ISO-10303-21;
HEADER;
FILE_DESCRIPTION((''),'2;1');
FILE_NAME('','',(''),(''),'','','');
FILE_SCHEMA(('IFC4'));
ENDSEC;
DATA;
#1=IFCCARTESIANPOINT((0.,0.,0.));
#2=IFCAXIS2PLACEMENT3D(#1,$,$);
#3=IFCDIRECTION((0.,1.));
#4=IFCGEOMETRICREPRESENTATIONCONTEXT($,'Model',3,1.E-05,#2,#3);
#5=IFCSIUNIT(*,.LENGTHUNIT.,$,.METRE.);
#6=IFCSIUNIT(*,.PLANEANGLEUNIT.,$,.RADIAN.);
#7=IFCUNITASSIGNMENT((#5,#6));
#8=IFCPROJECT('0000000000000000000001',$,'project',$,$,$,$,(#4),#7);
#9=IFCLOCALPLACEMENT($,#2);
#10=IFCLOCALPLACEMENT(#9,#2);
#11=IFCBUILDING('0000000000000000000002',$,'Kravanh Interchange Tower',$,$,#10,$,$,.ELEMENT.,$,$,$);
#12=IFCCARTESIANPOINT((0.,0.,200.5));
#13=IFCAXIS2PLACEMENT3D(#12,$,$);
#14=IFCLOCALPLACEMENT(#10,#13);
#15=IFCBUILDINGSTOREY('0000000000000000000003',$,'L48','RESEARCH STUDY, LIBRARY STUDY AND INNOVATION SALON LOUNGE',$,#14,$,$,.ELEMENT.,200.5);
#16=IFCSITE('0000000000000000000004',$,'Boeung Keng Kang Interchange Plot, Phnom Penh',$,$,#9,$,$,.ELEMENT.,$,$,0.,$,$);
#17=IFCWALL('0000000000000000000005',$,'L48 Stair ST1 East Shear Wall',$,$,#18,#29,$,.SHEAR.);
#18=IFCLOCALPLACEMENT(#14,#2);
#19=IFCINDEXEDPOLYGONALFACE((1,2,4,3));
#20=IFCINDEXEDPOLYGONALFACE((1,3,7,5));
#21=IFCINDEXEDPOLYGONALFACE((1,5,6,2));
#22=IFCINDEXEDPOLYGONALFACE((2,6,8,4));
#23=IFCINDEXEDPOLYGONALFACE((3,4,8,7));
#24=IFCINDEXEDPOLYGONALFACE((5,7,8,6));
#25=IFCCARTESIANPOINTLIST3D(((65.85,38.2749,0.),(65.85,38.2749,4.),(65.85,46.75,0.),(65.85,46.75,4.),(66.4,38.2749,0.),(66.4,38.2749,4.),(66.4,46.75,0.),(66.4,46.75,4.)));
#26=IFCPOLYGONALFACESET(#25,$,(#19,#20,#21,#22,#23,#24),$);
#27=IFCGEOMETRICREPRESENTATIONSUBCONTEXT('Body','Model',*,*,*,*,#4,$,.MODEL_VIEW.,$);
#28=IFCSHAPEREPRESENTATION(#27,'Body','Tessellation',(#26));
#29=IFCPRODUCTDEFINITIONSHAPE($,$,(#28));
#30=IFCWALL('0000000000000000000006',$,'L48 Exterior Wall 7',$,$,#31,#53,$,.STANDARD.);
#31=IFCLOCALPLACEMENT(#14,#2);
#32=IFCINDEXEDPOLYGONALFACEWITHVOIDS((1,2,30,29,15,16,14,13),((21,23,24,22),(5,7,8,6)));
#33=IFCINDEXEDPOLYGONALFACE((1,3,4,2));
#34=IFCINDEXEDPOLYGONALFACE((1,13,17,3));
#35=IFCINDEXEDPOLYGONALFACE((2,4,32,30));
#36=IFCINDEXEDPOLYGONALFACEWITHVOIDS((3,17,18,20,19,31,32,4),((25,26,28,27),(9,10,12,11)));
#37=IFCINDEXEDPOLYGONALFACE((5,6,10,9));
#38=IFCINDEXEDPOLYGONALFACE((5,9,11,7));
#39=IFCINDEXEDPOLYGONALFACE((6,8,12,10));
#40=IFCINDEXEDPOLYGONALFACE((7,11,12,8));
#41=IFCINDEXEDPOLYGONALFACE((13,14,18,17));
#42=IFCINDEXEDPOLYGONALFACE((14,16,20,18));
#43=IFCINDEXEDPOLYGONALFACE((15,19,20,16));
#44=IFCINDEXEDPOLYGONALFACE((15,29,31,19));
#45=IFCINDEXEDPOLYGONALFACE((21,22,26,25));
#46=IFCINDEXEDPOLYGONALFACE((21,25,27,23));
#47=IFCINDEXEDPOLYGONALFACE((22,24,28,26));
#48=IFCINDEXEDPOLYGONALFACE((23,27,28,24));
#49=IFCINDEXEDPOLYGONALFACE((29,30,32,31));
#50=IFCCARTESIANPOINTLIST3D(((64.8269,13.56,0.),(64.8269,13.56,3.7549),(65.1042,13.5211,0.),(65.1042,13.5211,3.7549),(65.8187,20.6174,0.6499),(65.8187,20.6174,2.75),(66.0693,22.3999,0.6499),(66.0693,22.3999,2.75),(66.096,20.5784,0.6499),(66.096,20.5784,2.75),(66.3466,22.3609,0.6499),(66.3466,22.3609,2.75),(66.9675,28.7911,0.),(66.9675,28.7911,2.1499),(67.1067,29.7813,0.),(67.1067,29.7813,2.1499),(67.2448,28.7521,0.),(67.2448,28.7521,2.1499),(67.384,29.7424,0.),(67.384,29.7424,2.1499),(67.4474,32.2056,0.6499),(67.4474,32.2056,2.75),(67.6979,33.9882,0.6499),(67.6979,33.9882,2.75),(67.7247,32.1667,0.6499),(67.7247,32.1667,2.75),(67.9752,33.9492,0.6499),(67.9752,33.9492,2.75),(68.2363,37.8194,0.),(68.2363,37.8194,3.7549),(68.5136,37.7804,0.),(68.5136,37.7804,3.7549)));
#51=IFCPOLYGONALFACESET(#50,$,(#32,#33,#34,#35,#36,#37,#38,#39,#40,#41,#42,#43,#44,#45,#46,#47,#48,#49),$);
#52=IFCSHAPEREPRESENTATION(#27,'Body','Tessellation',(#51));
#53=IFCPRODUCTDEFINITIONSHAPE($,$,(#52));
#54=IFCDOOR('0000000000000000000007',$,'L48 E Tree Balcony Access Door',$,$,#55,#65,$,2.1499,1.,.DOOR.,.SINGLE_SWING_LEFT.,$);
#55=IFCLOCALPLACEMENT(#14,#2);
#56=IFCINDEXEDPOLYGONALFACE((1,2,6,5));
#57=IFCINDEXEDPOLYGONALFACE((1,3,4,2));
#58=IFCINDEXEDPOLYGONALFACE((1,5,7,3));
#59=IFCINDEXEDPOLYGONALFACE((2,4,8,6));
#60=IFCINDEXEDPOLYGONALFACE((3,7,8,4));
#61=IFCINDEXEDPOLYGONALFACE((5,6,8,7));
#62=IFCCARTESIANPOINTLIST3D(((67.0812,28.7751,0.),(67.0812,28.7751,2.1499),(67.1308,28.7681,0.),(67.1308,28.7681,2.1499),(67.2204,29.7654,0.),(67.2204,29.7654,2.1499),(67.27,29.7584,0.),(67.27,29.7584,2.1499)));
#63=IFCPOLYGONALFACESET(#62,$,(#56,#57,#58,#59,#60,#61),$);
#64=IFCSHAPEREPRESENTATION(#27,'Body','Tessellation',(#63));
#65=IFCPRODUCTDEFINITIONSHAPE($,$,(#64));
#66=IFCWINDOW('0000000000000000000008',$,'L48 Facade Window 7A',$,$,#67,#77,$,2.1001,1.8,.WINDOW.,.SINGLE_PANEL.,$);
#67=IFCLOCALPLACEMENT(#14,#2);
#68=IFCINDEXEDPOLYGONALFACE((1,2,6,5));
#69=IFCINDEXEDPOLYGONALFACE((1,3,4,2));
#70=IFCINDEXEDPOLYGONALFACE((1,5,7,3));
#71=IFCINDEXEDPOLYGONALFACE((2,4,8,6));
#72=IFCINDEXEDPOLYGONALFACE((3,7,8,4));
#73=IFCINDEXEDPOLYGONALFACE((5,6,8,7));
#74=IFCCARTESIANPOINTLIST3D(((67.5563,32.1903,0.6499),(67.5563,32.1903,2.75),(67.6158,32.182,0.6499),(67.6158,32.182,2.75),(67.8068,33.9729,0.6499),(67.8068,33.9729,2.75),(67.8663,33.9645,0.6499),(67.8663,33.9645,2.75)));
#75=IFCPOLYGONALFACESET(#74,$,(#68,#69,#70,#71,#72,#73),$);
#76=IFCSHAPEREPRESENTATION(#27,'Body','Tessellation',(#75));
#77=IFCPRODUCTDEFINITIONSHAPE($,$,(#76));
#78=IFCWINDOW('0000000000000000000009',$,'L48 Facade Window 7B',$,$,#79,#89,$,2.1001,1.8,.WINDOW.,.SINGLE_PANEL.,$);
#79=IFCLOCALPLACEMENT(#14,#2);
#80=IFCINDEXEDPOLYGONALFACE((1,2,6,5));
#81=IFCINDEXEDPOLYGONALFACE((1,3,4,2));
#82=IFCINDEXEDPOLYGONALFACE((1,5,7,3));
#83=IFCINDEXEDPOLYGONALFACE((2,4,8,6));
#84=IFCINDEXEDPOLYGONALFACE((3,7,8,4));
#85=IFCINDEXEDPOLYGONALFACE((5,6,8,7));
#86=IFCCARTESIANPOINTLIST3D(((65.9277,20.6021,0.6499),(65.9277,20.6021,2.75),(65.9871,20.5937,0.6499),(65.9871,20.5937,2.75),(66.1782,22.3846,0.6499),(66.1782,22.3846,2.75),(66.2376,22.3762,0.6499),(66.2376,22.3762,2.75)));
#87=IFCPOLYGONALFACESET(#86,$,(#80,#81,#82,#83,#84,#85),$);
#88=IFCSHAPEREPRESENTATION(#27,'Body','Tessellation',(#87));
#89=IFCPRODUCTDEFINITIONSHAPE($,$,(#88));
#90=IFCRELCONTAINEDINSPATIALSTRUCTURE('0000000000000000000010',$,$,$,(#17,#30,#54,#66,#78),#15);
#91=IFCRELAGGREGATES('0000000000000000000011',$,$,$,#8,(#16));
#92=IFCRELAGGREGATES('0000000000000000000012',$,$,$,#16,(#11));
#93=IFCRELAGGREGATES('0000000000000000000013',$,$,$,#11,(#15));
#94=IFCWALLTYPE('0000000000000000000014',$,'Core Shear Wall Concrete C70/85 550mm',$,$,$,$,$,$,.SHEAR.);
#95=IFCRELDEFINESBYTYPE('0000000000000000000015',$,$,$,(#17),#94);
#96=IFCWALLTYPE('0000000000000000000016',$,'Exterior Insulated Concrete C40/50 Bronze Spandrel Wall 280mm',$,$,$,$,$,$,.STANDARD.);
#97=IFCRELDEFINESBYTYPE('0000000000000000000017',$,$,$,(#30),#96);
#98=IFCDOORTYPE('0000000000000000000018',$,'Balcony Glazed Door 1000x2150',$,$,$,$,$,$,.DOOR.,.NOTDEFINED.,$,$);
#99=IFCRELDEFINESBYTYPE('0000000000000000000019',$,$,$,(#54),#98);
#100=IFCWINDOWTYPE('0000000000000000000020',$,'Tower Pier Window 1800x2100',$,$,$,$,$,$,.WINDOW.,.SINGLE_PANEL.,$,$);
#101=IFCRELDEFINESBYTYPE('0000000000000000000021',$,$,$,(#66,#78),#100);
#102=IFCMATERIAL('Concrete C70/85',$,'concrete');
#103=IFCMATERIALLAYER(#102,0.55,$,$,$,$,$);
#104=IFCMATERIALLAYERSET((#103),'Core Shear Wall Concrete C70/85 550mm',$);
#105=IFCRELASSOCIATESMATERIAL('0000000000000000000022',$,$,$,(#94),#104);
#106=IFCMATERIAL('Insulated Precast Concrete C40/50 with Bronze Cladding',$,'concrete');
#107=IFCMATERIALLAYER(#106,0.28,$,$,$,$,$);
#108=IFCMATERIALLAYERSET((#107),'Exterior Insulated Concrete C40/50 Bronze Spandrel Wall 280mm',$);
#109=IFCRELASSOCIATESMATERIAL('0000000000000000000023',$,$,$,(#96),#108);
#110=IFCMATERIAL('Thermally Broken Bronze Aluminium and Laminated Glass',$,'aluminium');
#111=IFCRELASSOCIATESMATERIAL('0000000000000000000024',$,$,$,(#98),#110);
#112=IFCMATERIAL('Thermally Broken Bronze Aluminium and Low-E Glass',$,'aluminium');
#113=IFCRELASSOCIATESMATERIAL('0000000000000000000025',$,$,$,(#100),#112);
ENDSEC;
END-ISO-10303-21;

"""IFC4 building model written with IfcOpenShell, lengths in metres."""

from ifc_helpers import new_model, si_unit, direction, frame, frame_2d, origin, place, context, subcontext, project, spatial, rectangle, extrude, material, layer, layer_set, type_object, element, fill, save


model = new_model("IFC4")

# Units and contexts
model_context = context("Model", 3, precision=1e-05, world=origin(), true_north=direction((0.0, 1.0)))
body_context = subcontext(model_context, "Body", "Model", "MODEL_VIEW")
ifc_project = project(units=[si_unit("LENGTHUNIT", "METRE"), si_unit("PLANEANGLEUNIT", "RADIAN")], contexts=[model_context])

# Site, building, storey
site_placement = place(None, origin())
site = spatial("IfcSite", under=ifc_project, at=site_placement, Name="Boeung Keng Kang Interchange Plot, Phnom Penh", CompositionType="ELEMENT", RefElevation=0.0)
building_placement = place(site_placement, origin())
building = spatial("IfcBuilding", under=site, at=building_placement, Name="Kravanh Interchange Tower", CompositionType="ELEMENT")
storey_placement = place(building_placement, frame((0.0, 0.0, 200.5)))
storey = spatial("IfcBuildingStorey", under=building, at=storey_placement, Name="L48", Description="RESEARCH STUDY, LIBRARY STUDY AND INNOVATION SALON LOUNGE", CompositionType="ELEMENT", Elevation=200.5)

# Wall
ifc_material_1 = material(Name="Concrete C70/85", Category="concrete")
ifc_layer_1 = layer(ifc_material_1, 0.55)
ifc_layer_set_1 = layer_set([ifc_layer_1], Name="Core Shear Wall Concrete C70/85 550mm")
wall_type_1 = type_object("IfcWallType", Name="Core Shear Wall Concrete C70/85 550mm", PredefinedType="SHEAR", material=ifc_layer_set_1)
wall_1_placement = place(storey_placement, frame((66.125, 38.2749, 0.0), z_axis=(0.0, 0.0, 1.0), x_axis=(0.0, 1.0, 0.0)))
element("IfcWall", 1, at=wall_1_placement, inside=storey, type_object=wall_type_1, Name="L48 Stair ST1 East Shear Wall", PredefinedType="SHEAR", context=body_context, shape_type="SweptSolid", body=[
    extrude(rectangle(XDim=8.4751, YDim=0.55, at=frame_2d((4.2375, 0.0))), origin(), (0.0, 0.0, 1.0), 4.0),
])

# Wall, openings, door, windows
ifc_material_2 = material(Name="Insulated Precast Concrete C40/50 with Bronze Cladding", Category="concrete")
ifc_layer_2 = layer(ifc_material_2, 0.28)
ifc_layer_set_2 = layer_set([ifc_layer_2], Name="Exterior Insulated Concrete C40/50 Bronze Spandrel Wall 280mm")
wall_type_2 = type_object("IfcWallType", Name="Exterior Insulated Concrete C40/50 Bronze Spandrel Wall 280mm", PredefinedType="STANDARD", material=ifc_layer_set_2)
wall_2_placement = place(storey_placement, frame((68.375, 37.8, 0.0), z_axis=(0.0, 0.0, 1.0), x_axis=(-0.139173, -0.990268, 0.0)))
wall_2 = element("IfcWall", 2, at=wall_2_placement, inside=storey, type_object=wall_type_2, Name="L48 Exterior Wall 7", PredefinedType="STANDARD", context=body_context, shape_type="SweptSolid", body=[
    extrude(rectangle(XDim=24.4978, YDim=0.28, at=frame_2d((12.249, 0.0))), origin(), (0.0, 0.0, 1.0), 3.7549),
])
opening_1_placement = place(wall_2_placement, frame((8.1172, 0.0, 0.0)))
opening_1 = element("IfcOpeningElement", 3, at=opening_1_placement, cuts=wall_2, PredefinedType="OPENING", context=body_context, shape_type="SweptSolid", body=[
    extrude(rectangle(XDim=1.0, YDim=2.1499, at=frame_2d((0.5, 1.075))), frame((0.0, 0.1499, 0.0), z_axis=(0.0, -1.0, 0.0), x_axis=(1.0, 0.0, 0.0)), (0.0, 0.0, 1.0), 0.3),
])
opening_2_placement = place(wall_2_placement, frame((3.8691, 0.0, 0.6499)))
opening_2 = element("IfcOpeningElement", 4, at=opening_2_placement, cuts=wall_2, PredefinedType="OPENING", context=body_context, shape_type="SweptSolid", body=[
    extrude(rectangle(XDim=1.8, YDim=2.1001, at=frame_2d((0.8999, 1.05))), frame((0.0, 0.1499, 0.0), z_axis=(0.0, -1.0, 0.0), x_axis=(1.0, 0.0, 0.0)), (0.0, 0.0, 1.0), 0.3),
])
opening_3_placement = place(wall_2_placement, frame((15.5713, 0.0, 0.6499)))
opening_3 = element("IfcOpeningElement", 5, at=opening_3_placement, cuts=wall_2, PredefinedType="OPENING", context=body_context, shape_type="SweptSolid", body=[
    extrude(rectangle(XDim=1.8, YDim=2.1001, at=frame_2d((0.8999, 1.05))), frame((0.0, 0.1499, 0.0), z_axis=(0.0, -1.0, 0.0), x_axis=(1.0, 0.0, 0.0)), (0.0, 0.0, 1.0), 0.3),
])
ifc_material_3 = material(Name="Thermally Broken Bronze Aluminium and Laminated Glass", Category="aluminium")
door_type_1 = type_object("IfcDoorType", Name="Balcony Glazed Door 1000x2150", OperationType="NOTDEFINED", PredefinedType="DOOR", material=ifc_material_3)
door_1_placement = place(opening_1_placement, origin())
door_1 = element("IfcDoor", 6, at=door_1_placement, inside=storey, type_object=door_type_1, Name="L48 E Tree Balcony Access Door", OperationType="SINGLE_SWING_LEFT", OverallHeight=2.1499, OverallWidth=1.0, PredefinedType="DOOR", context=body_context, shape_type="SweptSolid", body=[
    extrude(rectangle(XDim=1.0, YDim=2.1499, at=frame_2d((0.5, 1.075))), frame((0.0, 0.0249, 0.0), z_axis=(0.0, -1.0, 0.0), x_axis=(1.0, 0.0, 0.0)), (0.0, 0.0, 1.0), 0.05),
])
fill(opening_1, door_1)
ifc_material_4 = material(Name="Thermally Broken Bronze Aluminium and Low-E Glass", Category="aluminium")
window_type = type_object("IfcWindowType", Name="Tower Pier Window 1800x2100", PartitioningType="SINGLE_PANEL", PredefinedType="WINDOW", material=ifc_material_4)
window_1_placement = place(opening_2_placement, origin())
window_1 = element("IfcWindow", 7, at=window_1_placement, inside=storey, type_object=window_type, Name="L48 Facade Window 7A", OverallHeight=2.1001, OverallWidth=1.8, PartitioningType="SINGLE_PANEL", PredefinedType="WINDOW", context=body_context, shape_type="SweptSolid", body=[
    extrude(rectangle(XDim=1.8, YDim=2.1001, at=frame_2d((0.8999, 1.05))), frame((0.0, 0.03, 0.0), z_axis=(0.0, -1.0, 0.0), x_axis=(1.0, 0.0, 0.0)), (0.0, 0.0, 1.0), 0.0601),
])
fill(opening_2, window_1)
window_2_placement = place(opening_3_placement, origin())
window_2 = element("IfcWindow", 8, at=window_2_placement, inside=storey, type_object=window_type, Name="L48 Facade Window 7B", OverallHeight=2.1001, OverallWidth=1.8, PartitioningType="SINGLE_PANEL", PredefinedType="WINDOW", context=body_context, shape_type="SweptSolid", body=[
    extrude(rectangle(XDim=1.8, YDim=2.1001, at=frame_2d((0.8999, 1.05))), frame((0.0, 0.03, 0.0), z_axis=(0.0, -1.0, 0.0), x_axis=(1.0, 0.0, 0.0)), (0.0, 0.0, 1.0), 0.0601),
])
fill(opening_3, window_2)

save(model, "model.ifc")
